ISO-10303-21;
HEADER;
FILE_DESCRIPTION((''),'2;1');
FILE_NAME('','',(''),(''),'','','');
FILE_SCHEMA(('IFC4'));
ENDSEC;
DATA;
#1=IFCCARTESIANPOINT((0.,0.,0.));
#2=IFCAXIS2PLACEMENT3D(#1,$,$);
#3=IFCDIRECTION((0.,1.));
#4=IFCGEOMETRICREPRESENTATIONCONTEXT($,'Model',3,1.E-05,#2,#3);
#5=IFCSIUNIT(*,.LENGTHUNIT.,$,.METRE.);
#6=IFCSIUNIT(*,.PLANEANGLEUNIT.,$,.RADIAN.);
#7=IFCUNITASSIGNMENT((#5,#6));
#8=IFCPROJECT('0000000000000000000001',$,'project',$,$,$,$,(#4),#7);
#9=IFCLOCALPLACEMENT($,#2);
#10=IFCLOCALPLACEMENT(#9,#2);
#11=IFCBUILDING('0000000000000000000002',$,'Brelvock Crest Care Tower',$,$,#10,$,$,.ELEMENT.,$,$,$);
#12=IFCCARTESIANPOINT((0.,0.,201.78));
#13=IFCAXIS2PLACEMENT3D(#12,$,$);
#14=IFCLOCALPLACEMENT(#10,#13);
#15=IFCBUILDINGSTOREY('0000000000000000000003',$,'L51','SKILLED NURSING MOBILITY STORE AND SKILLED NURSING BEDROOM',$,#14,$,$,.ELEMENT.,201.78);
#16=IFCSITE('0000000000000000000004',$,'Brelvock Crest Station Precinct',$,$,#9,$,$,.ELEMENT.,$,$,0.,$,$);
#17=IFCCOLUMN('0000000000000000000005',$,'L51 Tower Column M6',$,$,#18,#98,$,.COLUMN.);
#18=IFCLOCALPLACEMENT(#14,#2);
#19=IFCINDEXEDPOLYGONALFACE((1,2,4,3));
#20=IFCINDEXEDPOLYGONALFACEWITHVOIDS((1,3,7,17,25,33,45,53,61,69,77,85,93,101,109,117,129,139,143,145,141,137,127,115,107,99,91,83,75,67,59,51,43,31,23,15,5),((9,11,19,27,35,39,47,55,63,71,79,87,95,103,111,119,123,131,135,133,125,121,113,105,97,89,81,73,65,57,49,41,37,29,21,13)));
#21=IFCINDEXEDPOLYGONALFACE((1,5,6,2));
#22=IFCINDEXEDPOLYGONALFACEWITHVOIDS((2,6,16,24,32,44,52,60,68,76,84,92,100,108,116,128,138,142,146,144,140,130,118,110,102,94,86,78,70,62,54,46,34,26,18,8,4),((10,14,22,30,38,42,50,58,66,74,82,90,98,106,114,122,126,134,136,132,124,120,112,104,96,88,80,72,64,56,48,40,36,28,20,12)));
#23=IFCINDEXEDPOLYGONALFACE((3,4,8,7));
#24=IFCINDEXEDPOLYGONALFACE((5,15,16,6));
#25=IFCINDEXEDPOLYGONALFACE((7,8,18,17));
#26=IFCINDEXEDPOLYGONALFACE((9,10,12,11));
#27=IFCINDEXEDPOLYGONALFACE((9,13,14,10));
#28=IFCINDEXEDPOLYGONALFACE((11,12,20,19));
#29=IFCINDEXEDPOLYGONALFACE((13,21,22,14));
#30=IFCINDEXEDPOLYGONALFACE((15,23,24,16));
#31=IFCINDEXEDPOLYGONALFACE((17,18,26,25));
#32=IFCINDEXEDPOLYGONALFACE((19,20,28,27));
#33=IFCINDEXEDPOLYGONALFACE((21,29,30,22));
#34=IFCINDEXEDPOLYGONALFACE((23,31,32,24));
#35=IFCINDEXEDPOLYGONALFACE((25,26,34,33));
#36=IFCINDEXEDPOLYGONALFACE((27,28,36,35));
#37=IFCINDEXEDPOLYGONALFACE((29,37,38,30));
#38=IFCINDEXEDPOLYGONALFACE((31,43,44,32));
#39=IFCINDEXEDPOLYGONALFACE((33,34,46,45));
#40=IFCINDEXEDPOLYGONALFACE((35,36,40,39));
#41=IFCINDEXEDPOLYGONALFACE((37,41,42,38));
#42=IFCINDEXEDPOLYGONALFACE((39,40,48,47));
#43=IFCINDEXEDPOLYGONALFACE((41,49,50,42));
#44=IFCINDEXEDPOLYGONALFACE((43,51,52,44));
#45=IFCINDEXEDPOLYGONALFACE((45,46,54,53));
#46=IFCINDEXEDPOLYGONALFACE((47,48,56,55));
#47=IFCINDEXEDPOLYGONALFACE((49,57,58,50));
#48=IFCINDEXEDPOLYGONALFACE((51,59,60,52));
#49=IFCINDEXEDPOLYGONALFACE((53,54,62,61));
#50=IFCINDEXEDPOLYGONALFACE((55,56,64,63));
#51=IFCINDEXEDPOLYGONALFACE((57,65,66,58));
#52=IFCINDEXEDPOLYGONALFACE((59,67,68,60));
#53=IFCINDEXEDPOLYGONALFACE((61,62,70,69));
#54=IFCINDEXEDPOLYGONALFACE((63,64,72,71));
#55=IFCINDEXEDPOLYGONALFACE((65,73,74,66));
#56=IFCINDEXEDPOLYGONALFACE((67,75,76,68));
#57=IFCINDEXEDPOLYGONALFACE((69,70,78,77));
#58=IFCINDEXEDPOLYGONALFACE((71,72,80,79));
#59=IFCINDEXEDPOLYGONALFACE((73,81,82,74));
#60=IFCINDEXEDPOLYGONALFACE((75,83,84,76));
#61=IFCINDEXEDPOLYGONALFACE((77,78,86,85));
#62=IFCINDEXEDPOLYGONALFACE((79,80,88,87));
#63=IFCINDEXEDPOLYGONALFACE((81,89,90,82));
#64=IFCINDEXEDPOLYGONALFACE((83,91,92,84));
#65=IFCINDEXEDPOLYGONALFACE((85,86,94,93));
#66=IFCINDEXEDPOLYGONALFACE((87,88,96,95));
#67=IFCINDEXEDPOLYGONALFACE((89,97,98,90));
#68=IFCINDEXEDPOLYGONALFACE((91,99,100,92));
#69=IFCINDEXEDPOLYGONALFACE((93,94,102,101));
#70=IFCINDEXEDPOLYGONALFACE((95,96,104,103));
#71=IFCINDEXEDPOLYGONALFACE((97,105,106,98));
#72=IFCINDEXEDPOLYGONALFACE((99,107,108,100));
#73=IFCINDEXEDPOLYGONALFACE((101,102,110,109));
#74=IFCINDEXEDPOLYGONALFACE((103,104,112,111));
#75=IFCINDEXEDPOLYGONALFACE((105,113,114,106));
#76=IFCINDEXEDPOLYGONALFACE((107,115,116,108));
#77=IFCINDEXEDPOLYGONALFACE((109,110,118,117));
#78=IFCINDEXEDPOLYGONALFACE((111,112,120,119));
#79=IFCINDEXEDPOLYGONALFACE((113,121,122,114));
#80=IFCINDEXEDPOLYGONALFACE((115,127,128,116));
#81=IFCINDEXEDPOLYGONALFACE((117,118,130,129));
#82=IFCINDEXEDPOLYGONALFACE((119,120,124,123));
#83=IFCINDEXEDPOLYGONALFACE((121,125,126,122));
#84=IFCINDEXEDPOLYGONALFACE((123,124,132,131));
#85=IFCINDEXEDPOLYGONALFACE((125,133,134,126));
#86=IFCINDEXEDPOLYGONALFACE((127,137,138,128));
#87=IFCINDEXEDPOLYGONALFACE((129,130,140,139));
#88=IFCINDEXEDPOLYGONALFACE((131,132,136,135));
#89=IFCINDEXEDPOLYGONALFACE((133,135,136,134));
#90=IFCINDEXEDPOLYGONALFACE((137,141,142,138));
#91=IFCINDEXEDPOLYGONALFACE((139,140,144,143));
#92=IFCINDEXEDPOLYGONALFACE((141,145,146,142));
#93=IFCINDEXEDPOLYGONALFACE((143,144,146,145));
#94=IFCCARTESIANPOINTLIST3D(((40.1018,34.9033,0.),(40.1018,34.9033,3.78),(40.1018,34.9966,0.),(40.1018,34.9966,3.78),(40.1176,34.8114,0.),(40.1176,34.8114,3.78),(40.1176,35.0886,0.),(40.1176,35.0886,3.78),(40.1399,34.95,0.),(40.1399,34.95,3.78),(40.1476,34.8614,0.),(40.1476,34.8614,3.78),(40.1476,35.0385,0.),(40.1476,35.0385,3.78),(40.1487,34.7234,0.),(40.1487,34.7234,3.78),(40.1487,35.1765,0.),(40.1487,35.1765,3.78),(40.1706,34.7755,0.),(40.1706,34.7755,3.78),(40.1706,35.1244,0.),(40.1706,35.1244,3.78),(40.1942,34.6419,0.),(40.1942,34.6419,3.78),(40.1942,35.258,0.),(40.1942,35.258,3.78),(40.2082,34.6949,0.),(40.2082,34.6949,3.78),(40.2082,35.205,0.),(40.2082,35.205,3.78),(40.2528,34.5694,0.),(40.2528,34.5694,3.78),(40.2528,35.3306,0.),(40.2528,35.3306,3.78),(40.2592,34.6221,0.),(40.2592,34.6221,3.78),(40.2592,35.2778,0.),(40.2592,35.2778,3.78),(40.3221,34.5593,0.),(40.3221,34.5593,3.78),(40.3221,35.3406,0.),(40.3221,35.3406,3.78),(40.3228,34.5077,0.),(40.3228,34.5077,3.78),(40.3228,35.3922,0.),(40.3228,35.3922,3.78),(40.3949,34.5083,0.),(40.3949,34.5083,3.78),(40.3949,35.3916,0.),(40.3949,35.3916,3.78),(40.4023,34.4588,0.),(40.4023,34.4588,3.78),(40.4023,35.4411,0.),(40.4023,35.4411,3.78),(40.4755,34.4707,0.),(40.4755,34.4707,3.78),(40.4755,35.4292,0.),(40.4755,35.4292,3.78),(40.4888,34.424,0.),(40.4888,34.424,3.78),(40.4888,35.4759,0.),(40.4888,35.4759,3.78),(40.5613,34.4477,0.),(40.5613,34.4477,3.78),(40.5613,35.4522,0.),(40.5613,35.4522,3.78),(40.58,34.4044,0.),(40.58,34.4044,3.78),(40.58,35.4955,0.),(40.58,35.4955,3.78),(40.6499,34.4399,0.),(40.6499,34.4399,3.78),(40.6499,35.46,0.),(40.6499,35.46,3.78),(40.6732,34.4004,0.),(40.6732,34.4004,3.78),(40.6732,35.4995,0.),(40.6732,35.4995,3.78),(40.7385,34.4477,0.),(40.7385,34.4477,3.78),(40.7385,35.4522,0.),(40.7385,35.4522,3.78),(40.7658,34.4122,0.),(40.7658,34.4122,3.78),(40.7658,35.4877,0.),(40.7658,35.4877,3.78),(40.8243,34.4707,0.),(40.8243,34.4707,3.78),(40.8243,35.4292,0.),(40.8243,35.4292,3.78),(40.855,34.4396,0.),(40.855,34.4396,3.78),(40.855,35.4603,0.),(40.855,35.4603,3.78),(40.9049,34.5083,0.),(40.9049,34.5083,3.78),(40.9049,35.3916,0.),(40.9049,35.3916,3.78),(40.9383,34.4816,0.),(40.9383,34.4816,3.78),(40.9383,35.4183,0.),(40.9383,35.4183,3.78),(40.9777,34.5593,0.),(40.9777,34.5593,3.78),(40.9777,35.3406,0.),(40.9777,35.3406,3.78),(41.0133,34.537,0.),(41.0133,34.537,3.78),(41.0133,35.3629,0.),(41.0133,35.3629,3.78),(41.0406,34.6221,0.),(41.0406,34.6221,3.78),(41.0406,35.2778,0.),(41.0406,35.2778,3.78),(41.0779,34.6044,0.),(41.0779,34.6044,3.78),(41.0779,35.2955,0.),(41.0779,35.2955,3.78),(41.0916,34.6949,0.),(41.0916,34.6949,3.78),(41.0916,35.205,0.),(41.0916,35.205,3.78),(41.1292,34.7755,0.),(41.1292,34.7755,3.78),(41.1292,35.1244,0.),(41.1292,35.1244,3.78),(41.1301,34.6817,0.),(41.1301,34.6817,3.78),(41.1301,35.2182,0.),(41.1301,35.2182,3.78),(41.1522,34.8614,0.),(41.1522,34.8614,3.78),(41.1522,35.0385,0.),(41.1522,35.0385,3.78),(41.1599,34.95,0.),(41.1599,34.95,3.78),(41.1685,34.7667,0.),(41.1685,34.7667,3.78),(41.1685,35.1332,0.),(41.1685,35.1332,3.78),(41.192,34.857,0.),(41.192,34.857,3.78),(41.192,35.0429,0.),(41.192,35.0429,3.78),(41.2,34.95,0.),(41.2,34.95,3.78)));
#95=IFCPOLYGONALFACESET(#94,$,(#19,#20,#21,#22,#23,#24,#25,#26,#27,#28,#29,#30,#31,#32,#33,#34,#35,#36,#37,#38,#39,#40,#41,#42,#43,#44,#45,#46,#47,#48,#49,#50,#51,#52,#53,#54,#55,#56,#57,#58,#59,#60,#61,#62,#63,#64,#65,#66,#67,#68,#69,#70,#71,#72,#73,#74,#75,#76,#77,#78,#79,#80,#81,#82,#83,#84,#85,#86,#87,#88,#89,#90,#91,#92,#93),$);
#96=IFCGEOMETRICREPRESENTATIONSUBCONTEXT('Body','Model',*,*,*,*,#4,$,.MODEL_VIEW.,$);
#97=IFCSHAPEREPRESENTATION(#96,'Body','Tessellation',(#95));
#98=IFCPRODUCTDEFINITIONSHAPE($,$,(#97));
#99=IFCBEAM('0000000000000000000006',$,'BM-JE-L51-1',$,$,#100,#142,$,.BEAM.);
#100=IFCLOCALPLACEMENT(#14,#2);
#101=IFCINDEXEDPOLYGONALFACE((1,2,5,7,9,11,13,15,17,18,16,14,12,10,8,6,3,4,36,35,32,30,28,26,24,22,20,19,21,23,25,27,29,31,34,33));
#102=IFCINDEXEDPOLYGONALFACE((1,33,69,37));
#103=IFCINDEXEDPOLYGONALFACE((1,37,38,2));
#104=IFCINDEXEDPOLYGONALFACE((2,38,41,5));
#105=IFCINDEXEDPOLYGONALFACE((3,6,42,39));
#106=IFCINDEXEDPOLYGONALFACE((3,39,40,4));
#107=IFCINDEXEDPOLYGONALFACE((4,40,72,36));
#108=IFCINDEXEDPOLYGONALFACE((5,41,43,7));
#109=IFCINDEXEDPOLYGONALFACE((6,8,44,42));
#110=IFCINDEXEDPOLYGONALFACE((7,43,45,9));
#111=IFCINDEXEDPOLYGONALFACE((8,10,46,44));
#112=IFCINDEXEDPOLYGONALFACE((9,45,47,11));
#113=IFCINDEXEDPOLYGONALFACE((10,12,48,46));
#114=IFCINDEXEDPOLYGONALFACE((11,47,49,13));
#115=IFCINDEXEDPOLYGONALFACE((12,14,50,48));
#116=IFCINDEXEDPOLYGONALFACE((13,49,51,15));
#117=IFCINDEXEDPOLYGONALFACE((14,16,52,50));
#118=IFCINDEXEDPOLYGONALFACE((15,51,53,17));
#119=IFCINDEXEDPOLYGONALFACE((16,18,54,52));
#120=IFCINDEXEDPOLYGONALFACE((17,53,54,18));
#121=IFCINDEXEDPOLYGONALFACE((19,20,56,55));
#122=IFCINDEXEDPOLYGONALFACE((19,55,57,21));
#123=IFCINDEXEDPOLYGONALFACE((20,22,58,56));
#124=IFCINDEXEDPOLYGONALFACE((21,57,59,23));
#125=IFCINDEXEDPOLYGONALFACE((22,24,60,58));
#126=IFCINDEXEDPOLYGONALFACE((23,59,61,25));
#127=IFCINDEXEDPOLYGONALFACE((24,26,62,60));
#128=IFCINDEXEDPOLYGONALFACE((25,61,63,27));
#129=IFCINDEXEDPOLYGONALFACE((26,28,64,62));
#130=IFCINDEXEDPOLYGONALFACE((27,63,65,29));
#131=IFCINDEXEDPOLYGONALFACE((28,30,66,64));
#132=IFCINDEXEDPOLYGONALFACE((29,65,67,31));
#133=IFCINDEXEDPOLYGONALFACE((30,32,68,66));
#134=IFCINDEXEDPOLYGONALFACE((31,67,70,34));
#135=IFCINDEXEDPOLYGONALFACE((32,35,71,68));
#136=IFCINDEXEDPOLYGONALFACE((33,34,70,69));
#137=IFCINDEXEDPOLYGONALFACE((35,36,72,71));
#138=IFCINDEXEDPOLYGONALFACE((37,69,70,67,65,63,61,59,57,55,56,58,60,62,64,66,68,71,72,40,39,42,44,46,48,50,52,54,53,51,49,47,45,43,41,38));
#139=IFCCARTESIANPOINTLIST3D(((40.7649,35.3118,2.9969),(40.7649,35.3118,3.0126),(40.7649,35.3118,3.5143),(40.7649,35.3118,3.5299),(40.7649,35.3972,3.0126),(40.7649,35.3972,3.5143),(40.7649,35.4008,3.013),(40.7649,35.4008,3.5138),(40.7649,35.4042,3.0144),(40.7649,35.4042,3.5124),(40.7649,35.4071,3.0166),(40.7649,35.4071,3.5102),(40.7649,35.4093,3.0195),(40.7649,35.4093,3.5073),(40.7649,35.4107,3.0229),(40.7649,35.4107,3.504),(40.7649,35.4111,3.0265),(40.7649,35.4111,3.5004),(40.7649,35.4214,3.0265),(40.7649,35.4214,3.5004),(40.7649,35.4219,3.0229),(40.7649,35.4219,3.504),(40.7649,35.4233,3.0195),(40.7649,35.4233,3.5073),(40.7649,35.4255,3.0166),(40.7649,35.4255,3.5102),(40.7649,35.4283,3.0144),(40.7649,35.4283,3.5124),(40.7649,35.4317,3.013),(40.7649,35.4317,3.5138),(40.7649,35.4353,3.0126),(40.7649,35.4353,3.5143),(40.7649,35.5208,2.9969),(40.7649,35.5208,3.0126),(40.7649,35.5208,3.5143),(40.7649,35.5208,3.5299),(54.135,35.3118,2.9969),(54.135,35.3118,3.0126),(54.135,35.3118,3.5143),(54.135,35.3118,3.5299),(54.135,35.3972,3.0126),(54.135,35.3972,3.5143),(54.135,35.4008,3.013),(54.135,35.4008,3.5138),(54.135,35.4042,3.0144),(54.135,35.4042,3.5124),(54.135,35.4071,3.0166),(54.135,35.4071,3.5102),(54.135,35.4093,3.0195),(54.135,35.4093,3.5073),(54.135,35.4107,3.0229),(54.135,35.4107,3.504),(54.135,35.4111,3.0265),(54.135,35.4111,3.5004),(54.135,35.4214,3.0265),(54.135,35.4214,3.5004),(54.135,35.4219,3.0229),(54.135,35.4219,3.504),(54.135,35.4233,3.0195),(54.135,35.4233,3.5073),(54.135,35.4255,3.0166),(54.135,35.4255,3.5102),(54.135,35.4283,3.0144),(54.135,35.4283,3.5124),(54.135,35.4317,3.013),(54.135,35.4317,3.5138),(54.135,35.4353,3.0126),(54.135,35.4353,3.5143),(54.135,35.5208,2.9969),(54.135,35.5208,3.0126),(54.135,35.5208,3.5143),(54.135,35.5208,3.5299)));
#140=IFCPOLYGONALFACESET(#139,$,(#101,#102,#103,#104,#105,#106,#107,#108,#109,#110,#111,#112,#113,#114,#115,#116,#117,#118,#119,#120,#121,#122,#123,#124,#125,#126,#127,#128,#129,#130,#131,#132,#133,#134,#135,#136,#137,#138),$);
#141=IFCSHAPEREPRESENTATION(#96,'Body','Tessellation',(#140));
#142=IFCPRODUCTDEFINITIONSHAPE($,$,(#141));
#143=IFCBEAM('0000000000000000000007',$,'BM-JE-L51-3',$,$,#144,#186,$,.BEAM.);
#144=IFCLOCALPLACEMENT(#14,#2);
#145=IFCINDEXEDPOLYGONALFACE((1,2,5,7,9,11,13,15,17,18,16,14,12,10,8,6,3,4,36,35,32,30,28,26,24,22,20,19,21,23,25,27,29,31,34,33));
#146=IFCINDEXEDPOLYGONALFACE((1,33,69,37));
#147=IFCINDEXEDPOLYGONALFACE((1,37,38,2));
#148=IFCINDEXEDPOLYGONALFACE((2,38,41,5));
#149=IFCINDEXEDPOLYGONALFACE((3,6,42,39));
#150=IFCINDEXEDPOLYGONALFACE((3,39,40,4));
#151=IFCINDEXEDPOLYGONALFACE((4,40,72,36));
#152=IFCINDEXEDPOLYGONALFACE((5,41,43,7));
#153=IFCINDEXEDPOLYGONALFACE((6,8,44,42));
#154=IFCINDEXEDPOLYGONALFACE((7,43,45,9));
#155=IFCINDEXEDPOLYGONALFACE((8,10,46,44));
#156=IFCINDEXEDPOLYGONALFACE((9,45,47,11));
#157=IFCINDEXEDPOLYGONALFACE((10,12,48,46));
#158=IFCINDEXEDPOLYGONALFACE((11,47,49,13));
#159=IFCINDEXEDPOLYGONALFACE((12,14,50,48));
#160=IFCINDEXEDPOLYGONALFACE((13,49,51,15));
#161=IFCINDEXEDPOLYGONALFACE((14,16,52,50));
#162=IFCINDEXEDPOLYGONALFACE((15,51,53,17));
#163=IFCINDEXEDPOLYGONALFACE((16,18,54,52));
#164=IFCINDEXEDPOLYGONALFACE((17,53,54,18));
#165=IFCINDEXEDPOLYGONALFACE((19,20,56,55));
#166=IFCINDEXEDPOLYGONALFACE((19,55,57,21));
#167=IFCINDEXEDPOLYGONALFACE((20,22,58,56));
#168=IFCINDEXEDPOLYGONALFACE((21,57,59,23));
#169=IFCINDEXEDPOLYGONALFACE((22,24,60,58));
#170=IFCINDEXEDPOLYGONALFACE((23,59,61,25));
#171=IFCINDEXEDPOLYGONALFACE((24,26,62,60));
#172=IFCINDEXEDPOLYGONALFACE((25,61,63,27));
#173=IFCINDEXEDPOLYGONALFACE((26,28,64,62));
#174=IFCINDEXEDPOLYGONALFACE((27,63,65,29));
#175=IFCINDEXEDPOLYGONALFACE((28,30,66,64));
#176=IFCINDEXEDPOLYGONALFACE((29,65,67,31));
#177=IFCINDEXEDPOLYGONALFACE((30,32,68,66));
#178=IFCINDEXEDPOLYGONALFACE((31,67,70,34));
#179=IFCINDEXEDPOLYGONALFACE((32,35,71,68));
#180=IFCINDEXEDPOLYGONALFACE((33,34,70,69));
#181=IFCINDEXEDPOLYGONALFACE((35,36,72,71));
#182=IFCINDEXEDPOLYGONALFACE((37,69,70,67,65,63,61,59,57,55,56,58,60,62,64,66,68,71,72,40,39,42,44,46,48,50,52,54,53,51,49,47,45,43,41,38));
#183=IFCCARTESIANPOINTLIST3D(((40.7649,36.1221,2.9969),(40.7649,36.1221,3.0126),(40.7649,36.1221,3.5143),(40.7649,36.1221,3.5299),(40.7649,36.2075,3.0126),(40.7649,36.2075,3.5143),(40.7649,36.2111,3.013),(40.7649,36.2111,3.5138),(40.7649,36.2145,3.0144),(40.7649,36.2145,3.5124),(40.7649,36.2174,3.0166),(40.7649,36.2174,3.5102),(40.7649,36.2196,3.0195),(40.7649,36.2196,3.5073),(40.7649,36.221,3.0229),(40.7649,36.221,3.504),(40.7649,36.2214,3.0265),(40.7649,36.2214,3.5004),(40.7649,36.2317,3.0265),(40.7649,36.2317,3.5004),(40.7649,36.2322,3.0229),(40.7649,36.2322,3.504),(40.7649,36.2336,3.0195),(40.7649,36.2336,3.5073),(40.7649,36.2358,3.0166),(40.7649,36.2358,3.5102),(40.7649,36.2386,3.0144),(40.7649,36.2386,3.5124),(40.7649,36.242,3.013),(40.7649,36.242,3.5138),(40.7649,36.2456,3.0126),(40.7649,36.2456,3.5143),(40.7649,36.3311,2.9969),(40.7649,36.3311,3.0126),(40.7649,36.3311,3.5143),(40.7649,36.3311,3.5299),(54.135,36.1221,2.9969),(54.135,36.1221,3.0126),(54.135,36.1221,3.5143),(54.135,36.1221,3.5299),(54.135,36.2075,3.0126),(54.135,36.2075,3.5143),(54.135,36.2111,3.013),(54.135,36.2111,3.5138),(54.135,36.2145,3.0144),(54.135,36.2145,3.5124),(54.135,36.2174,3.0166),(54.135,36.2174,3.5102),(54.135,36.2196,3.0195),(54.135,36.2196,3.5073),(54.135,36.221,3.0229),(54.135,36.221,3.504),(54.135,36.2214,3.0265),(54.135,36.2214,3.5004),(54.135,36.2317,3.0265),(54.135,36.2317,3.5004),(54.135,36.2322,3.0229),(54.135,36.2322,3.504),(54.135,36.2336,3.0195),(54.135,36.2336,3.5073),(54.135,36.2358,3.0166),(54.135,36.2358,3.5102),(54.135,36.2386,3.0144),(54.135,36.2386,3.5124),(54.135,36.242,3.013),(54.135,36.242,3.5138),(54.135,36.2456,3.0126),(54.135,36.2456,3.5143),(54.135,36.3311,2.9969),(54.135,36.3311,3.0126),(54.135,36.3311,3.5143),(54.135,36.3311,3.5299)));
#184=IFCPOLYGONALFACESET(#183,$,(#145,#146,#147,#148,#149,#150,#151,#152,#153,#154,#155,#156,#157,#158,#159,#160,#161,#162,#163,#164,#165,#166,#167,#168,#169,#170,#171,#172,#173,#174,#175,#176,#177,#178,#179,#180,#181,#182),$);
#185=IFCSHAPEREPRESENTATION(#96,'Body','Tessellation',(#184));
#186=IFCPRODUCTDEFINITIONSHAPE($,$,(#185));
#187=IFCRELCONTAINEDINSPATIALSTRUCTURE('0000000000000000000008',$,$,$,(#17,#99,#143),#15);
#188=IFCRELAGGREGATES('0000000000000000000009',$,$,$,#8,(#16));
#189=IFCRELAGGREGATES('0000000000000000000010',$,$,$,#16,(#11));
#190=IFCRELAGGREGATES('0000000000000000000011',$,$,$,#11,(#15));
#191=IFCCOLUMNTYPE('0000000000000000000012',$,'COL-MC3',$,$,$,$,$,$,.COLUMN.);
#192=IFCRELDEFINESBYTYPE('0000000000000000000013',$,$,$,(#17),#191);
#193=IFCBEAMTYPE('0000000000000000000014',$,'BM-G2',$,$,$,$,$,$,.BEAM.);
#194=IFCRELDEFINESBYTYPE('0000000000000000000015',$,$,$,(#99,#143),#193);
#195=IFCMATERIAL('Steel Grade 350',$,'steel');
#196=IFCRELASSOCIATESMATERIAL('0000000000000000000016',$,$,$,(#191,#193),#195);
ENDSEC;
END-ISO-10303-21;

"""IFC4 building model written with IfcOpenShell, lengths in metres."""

from ifc_helpers import new_model, si_unit, direction, frame, origin, origin_2d, place, context, subcontext, project, spatial, hollow_circle, i_section, extrude, source, transform, mapped, material, material_profile, profile_set, type_object, element, save


model = new_model("IFC4")

# Units and contexts
model_context = context("Model", 3, precision=1e-05, world=origin(), true_north=direction((0.0, 1.0)))
body_context = subcontext(model_context, "Body", "Model", "MODEL_VIEW")
ifc_project = project(units=[si_unit("LENGTHUNIT", "METRE"), si_unit("PLANEANGLEUNIT", "RADIAN")], contexts=[model_context])

# Site, building, storey
site_placement = place(None, origin())
site = spatial("IfcSite", under=ifc_project, at=site_placement, Name="Brelvock Crest Station Precinct", CompositionType="ELEMENT", RefElevation=0.0)
building_placement = place(site_placement, origin())
building = spatial("IfcBuilding", under=site, at=building_placement, Name="Brelvock Crest Care Tower", CompositionType="ELEMENT")
storey_placement = place(building_placement, frame((0.0, 0.0, 201.78)))
storey = spatial("IfcBuildingStorey", under=building, at=storey_placement, Name="L51", Description="SKILLED NURSING MOBILITY STORE AND SKILLED NURSING BEDROOM", CompositionType="ELEMENT", Elevation=201.78)

# Column
ifc_material_1 = material(Name="Steel Grade 350", Category="steel")
ifc_material_profile_1 = material_profile(ifc_material_1, hollow_circle(Radius=0.55, WallThickness=0.04, at=origin_2d()), Name="CFT1100x40")
ifc_profile_set_1 = profile_set([ifc_material_profile_1], Name="Steel Grade 350")
column_type = type_object("IfcColumnType", Name="COL-MC3", PredefinedType="COLUMN", material=ifc_profile_set_1)
shared_shape_1 = source(origin(), body_context, "Body", "SweptSolid", [
    extrude(hollow_circle(Radius=0.55, WallThickness=0.04, at=origin_2d()), origin(), (0.0, 0.0, 1.0), 3.78),
])
column_placement = place(storey_placement, frame((40.6499, 34.95, 0.0), z_axis=(0.0, 0.0, 1.0), x_axis=(1.0, 0.0, 0.0)))
element("IfcColumn", 1, at=column_placement, inside=storey, type_object=column_type, Name="L51 Tower Column M6", PredefinedType="COLUMN", context=body_context, shape_type="MappedRepresentation", body=[
    mapped(shared_shape_1, transform((0.0, 0.0, 0.0), x_axis=(1.0, 0.0, 0.0), y_axis=(0.0, 1.0, 0.0), z_axis=(0.0, 0.0, 1.0), scale=1.0)),
])

# Beams
ifc_material_profile_2 = material_profile(ifc_material_1, i_section(OverallWidth=0.209, OverallDepth=0.533, WebThickness=0.0103, FlangeThickness=0.0156, FilletRadius=0.0139, at=origin_2d()), Name="530UB92.4")
ifc_profile_set_2 = profile_set([ifc_material_profile_2], Name="Steel Grade 350")
beam_type_1 = type_object("IfcBeamType", Name="BM-G2", PredefinedType="BEAM", material=ifc_profile_set_2)
shared_shape_2 = source(origin(), body_context, "Body", "SweptSolid", [
    extrude(i_section(OverallWidth=0.209, OverallDepth=0.533, WebThickness=0.0103, FlangeThickness=0.0156, FilletRadius=0.0139, at=origin_2d()), origin(), (0.0, 0.0, 1.0), 13.3701),
])
for number, where, z_axis, x_axis, name in (
    (2, (40.7649, 35.4163, 3.2634), (1.0, 0.0, 0.0), (0.0, 1.0, 0.0), "BM-JE-L51-1"),
    (3, (40.7649, 36.2266, 3.2634), (1.0, 0.0, 0.0), (0.0, 1.0, 0.0), "BM-JE-L51-3"),
):
    element("IfcBeam", number, at=place(storey_placement, frame(where, z_axis=z_axis, x_axis=x_axis)), inside=storey, type_object=beam_type_1, Name=name, PredefinedType="BEAM", context=body_context, shape_type="MappedRepresentation", body=[
        mapped(shared_shape_2, transform((0.0, 0.0, 0.0), x_axis=(1.0, 0.0, 0.0), y_axis=(0.0, 1.0, 0.0), z_axis=(0.0, 0.0, 1.0), scale=1.0)),
    ])

save(model, "model.ifc")
